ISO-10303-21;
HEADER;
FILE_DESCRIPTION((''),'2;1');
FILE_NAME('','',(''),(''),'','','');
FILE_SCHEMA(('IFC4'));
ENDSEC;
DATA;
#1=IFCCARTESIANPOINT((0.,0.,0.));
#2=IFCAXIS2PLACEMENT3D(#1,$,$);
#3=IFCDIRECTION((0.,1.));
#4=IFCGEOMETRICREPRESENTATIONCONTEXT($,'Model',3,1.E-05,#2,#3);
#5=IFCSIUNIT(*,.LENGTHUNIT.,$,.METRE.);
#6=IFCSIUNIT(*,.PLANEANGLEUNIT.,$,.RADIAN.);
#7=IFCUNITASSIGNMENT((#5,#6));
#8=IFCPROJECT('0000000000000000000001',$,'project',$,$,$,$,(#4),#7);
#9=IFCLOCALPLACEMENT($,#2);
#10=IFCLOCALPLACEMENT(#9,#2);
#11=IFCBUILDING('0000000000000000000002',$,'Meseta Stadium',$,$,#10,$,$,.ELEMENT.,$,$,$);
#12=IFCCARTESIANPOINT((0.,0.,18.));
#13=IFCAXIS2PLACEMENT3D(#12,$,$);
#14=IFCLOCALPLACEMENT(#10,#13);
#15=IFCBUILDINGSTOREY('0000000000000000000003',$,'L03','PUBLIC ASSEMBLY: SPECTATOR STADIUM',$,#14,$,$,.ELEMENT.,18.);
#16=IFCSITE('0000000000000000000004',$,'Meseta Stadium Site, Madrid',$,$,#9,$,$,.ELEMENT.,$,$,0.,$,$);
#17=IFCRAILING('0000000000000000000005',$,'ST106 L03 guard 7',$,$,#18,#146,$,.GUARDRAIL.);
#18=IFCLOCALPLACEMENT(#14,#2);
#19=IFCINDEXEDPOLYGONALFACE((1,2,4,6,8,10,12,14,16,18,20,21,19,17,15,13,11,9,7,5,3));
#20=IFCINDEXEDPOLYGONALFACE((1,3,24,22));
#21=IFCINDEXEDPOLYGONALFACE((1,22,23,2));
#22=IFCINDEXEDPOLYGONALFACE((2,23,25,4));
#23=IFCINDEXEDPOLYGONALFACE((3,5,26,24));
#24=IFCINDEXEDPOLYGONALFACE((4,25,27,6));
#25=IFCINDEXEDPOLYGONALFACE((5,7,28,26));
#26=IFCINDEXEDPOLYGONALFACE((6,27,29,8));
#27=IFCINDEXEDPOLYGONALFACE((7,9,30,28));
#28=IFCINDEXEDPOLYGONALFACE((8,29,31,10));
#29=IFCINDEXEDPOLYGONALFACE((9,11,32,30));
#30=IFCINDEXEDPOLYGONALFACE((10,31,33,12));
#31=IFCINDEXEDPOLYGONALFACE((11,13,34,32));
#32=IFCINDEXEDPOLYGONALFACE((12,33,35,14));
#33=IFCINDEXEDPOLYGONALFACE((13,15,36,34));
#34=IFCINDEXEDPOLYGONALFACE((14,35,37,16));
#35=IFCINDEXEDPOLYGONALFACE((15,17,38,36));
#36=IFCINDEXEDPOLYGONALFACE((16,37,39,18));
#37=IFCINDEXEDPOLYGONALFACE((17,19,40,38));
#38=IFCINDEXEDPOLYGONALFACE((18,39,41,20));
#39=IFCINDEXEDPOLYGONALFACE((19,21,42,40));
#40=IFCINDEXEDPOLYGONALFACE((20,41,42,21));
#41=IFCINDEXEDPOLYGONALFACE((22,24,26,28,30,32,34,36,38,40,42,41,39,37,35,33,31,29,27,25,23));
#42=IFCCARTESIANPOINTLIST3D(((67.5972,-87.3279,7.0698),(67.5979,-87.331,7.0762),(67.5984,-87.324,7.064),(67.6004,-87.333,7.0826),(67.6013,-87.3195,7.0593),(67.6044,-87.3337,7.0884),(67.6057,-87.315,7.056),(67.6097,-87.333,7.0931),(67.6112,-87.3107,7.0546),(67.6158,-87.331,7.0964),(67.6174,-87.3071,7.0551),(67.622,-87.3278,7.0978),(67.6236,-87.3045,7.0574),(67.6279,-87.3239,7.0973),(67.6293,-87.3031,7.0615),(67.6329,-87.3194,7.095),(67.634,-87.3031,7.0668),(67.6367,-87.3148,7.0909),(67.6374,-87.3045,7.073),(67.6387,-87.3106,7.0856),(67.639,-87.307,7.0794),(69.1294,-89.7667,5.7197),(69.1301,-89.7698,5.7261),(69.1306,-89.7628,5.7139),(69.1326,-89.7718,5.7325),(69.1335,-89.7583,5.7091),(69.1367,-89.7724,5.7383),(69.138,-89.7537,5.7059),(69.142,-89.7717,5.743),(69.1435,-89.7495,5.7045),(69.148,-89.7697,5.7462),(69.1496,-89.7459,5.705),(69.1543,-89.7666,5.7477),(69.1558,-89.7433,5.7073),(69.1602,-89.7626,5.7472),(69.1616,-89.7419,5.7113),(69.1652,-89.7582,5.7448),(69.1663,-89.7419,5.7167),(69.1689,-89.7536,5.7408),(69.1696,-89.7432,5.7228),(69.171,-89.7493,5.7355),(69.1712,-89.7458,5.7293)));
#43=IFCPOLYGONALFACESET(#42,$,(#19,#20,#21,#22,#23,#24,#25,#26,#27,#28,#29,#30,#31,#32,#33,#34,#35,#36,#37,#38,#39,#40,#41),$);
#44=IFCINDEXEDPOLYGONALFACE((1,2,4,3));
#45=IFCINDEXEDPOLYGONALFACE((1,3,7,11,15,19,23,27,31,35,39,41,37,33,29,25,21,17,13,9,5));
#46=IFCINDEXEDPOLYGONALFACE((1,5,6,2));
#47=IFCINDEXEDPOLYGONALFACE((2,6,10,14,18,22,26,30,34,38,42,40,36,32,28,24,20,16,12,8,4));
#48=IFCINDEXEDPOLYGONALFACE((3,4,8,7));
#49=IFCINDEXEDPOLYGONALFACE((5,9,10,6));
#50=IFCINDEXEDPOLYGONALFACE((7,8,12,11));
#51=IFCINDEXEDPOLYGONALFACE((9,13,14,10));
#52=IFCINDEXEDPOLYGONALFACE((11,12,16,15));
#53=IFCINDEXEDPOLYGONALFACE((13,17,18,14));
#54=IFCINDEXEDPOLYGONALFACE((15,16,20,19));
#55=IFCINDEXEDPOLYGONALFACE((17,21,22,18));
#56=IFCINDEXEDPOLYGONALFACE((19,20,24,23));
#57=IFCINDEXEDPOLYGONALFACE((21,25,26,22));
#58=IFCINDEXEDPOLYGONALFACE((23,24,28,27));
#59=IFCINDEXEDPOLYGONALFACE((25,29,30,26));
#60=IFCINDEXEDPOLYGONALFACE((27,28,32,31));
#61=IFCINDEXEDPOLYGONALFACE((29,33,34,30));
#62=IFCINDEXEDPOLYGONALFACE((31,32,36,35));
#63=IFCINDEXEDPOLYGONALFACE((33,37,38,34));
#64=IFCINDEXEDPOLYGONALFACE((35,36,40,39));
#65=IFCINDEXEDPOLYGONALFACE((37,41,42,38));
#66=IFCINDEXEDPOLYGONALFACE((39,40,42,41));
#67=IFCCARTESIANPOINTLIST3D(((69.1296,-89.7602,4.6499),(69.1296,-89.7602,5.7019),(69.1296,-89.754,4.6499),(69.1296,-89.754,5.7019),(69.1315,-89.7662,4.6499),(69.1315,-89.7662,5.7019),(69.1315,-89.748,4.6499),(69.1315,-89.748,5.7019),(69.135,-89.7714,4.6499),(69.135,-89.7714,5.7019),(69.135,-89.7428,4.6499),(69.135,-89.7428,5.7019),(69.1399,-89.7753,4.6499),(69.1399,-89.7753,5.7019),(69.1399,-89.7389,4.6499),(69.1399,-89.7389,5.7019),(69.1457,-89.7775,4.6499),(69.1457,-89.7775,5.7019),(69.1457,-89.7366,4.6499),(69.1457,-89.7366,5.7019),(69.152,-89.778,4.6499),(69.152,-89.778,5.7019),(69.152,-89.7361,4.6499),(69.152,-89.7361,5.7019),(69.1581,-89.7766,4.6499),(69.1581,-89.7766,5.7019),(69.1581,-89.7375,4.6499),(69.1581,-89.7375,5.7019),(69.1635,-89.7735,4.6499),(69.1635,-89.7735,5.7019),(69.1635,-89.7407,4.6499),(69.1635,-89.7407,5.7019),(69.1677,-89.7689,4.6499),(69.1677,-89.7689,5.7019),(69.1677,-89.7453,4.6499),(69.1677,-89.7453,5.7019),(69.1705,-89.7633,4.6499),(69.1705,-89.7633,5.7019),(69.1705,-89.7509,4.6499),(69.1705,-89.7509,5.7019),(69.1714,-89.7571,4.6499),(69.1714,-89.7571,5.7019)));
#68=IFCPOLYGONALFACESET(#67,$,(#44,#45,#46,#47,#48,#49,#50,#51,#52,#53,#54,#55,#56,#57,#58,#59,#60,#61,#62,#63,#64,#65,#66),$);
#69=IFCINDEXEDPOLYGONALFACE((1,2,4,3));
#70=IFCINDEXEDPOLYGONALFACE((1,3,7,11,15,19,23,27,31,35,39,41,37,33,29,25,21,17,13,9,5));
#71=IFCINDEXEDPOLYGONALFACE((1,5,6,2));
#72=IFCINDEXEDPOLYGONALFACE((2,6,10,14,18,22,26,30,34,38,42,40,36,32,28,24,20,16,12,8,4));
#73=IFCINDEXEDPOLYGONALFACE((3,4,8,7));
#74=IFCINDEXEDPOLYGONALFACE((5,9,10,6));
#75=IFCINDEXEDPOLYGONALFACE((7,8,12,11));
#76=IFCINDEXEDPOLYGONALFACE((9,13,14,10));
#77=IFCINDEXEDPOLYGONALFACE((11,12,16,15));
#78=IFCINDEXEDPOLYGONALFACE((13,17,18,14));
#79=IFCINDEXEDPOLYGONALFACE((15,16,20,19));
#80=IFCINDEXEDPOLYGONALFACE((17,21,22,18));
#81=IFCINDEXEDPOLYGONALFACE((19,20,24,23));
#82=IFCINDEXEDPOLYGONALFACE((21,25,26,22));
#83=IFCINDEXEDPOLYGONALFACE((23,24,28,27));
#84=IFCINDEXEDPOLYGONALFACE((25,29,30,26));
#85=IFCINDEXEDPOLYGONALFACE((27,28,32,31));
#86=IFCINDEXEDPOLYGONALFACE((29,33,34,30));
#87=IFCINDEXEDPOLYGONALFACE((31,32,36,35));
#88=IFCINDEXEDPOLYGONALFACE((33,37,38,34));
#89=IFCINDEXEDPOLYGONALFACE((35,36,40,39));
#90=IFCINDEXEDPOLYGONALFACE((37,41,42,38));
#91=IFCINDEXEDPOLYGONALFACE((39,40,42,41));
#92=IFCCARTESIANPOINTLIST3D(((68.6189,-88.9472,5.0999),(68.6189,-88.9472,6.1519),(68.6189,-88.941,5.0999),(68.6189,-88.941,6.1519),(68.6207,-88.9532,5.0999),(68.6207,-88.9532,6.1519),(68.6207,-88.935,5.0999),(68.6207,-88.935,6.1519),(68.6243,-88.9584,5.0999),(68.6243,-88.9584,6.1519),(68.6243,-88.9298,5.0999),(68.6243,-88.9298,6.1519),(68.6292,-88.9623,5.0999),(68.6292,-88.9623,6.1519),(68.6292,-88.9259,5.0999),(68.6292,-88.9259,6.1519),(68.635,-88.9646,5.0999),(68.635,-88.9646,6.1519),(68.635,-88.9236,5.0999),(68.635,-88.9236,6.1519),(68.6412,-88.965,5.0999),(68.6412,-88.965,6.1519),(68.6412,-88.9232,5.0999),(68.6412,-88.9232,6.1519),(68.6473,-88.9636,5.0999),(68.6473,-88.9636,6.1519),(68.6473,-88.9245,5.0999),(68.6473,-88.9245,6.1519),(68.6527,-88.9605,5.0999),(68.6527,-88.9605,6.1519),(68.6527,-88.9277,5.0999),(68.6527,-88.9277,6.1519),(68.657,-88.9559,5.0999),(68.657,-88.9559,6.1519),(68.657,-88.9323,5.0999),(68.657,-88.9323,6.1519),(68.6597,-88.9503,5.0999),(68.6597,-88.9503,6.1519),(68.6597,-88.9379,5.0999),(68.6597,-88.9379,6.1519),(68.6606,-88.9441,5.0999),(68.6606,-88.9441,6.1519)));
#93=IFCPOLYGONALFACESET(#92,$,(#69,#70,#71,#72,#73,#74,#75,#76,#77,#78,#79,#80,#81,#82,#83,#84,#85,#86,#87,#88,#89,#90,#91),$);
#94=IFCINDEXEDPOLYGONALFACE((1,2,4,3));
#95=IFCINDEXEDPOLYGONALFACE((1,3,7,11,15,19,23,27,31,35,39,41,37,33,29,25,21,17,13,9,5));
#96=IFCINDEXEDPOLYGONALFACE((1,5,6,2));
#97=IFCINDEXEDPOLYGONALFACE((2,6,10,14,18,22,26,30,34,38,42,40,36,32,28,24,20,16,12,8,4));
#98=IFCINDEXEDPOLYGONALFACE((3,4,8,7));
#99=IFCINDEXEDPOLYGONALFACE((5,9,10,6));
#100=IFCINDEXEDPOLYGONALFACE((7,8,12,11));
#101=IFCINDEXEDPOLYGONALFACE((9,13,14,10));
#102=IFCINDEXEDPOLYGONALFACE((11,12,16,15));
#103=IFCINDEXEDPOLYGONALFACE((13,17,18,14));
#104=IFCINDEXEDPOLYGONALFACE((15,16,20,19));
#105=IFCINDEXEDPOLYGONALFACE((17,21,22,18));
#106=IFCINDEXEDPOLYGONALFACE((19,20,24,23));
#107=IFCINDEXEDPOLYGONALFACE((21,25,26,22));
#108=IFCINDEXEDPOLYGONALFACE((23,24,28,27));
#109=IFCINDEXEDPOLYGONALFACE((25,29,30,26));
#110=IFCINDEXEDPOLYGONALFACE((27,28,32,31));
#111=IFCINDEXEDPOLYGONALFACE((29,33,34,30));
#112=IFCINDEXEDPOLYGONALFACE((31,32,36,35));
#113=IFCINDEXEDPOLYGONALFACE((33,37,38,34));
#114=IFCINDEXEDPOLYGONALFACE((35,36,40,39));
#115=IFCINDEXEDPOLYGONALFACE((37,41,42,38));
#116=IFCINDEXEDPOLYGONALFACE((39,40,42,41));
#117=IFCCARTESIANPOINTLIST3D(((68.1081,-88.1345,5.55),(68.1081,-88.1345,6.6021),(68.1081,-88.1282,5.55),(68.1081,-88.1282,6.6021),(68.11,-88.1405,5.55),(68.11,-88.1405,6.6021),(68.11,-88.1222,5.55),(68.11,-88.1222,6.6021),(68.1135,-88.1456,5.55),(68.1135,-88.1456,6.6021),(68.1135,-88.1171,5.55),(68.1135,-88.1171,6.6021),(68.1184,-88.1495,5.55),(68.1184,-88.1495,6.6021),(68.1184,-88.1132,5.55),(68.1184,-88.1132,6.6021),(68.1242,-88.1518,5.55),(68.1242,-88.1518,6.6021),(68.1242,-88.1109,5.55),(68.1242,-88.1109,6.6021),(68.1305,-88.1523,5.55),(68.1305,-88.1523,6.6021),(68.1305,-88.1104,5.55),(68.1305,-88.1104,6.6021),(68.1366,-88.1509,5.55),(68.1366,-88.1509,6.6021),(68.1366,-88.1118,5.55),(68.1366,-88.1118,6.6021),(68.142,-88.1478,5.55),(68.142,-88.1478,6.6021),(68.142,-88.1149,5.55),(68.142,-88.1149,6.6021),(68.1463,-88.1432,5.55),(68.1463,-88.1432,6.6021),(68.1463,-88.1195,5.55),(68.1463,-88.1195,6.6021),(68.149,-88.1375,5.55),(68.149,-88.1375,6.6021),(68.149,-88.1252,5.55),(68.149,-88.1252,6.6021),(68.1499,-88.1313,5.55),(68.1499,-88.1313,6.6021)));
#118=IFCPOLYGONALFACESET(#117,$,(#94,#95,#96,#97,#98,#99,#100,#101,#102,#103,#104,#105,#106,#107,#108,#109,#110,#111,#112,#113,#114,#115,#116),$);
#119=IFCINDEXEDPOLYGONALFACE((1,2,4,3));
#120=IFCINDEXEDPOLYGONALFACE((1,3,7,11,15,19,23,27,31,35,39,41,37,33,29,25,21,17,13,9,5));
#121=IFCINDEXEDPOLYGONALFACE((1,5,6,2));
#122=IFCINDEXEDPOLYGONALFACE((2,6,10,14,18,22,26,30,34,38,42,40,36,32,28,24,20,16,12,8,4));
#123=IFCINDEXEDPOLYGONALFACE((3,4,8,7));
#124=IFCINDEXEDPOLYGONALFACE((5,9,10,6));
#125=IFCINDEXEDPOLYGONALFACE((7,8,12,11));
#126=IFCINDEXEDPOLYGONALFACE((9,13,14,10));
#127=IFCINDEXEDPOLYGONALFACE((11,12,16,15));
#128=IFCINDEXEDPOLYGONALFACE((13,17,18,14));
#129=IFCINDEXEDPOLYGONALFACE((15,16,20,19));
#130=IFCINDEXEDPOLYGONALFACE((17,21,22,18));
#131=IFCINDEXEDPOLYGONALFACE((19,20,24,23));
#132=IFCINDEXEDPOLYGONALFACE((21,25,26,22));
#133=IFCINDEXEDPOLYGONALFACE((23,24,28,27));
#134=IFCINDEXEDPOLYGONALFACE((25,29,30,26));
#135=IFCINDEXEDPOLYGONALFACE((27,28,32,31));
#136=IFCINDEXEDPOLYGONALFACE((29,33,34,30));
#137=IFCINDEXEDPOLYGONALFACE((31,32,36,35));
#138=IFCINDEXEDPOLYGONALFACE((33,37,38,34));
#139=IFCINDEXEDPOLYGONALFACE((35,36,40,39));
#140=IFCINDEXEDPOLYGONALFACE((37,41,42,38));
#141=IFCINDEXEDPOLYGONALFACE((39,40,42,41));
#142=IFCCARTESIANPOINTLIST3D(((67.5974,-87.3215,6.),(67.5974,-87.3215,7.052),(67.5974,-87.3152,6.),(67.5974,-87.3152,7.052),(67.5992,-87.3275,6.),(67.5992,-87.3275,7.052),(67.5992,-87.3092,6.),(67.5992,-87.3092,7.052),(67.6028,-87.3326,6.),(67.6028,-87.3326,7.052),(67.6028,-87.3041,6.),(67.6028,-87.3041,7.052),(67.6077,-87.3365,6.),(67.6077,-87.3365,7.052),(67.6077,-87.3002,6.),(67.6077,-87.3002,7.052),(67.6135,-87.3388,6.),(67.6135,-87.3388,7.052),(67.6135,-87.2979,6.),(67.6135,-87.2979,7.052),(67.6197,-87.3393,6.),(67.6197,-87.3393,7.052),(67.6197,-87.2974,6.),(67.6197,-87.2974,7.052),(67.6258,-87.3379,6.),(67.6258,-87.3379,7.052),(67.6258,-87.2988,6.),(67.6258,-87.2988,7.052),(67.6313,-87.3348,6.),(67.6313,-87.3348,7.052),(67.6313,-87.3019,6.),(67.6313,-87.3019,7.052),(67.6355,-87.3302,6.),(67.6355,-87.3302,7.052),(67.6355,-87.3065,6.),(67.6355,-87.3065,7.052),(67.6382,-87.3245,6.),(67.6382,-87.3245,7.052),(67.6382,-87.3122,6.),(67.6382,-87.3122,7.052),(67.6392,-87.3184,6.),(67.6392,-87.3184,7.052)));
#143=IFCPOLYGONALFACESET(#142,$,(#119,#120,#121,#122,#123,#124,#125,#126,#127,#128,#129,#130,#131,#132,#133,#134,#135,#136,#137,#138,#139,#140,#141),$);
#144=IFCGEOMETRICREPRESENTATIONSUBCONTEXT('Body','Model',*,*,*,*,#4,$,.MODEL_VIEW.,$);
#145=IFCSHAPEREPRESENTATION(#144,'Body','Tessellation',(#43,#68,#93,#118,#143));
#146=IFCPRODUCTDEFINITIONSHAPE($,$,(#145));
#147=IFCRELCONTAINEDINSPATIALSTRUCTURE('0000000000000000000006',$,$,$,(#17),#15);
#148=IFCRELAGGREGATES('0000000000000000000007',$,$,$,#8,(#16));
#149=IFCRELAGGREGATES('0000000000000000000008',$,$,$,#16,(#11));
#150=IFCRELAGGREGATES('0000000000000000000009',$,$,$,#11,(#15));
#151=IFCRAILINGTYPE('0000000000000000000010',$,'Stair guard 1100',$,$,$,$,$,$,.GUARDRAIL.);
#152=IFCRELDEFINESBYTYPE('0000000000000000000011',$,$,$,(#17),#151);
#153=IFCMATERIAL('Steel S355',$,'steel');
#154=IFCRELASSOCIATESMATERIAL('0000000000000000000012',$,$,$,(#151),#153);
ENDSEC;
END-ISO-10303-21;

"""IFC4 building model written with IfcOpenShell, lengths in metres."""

from ifc_helpers import new_model, si_unit, direction, frame, origin, origin_2d, place, context, subcontext, project, spatial, circle, extrude, material, type_object, element, save


model = new_model("IFC4")

# Units and contexts
model_context = context("Model", 3, precision=1e-05, world=origin(), true_north=direction((0.0, 1.0)))
body_context = subcontext(model_context, "Body", "Model", "MODEL_VIEW")
ifc_project = project(units=[si_unit("LENGTHUNIT", "METRE"), si_unit("PLANEANGLEUNIT", "RADIAN")], contexts=[model_context])

# Site, building, storey
site_placement = place(None, origin())
site = spatial("IfcSite", under=ifc_project, at=site_placement, Name="Meseta Stadium Site, Madrid", CompositionType="ELEMENT", RefElevation=0.0)
building_placement = place(site_placement, origin())
building = spatial("IfcBuilding", under=site, at=building_placement, Name="Meseta Stadium", CompositionType="ELEMENT")
storey_placement = place(building_placement, frame((0.0, 0.0, 18.0)))
storey = spatial("IfcBuildingStorey", under=building, at=storey_placement, Name="L03", Description="PUBLIC ASSEMBLY: SPECTATOR STADIUM", CompositionType="ELEMENT", Elevation=18.0)

# Railing
ifc_material_1 = material(Name="Steel S355", Category="steel")
railing_type_1 = type_object("IfcRailingType", Name="Stair guard 1100", PredefinedType="GUARDRAIL", material=ifc_material_1)
for number, where, name in (
    (1, (69.1504, -89.7571, 4.6499), "ST106 L03 guard 7"),
):
    element("IfcRailing", number, at=place(storey_placement, frame(where)), inside=storey, type_object=railing_type_1, Name=name, PredefinedType="GUARDRAIL", context=body_context, shape_type="SweptSolid", body=[
        extrude(circle(Radius=0.0239, at=origin_2d()), frame((0.0, 0.0, 1.0762), z_axis=(-0.481703, 0.766687, 0.424445), x_axis=(-0.846743, -0.532001, 0.0)), (0.0, 0.0, 1.0), 3.1809),
        extrude(circle(Radius=0.021, at=origin_2d()), origin(), (0.0, 0.0, 1.0), 1.052),
        extrude(circle(Radius=0.021, at=origin_2d()), frame((-0.5107, 0.813, 0.45)), (0.0, 0.0, 1.0), 1.052),
        extrude(circle(Radius=0.021, at=origin_2d()), frame((-1.0215, 1.6257, 0.9001)), (0.0, 0.0, 1.0), 1.052),
        extrude(circle(Radius=0.021, at=origin_2d()), frame((-1.5322, 2.4387, 1.3501)), (0.0, 0.0, 1.0), 1.052),
    ])

save(model, "model.ifc")
